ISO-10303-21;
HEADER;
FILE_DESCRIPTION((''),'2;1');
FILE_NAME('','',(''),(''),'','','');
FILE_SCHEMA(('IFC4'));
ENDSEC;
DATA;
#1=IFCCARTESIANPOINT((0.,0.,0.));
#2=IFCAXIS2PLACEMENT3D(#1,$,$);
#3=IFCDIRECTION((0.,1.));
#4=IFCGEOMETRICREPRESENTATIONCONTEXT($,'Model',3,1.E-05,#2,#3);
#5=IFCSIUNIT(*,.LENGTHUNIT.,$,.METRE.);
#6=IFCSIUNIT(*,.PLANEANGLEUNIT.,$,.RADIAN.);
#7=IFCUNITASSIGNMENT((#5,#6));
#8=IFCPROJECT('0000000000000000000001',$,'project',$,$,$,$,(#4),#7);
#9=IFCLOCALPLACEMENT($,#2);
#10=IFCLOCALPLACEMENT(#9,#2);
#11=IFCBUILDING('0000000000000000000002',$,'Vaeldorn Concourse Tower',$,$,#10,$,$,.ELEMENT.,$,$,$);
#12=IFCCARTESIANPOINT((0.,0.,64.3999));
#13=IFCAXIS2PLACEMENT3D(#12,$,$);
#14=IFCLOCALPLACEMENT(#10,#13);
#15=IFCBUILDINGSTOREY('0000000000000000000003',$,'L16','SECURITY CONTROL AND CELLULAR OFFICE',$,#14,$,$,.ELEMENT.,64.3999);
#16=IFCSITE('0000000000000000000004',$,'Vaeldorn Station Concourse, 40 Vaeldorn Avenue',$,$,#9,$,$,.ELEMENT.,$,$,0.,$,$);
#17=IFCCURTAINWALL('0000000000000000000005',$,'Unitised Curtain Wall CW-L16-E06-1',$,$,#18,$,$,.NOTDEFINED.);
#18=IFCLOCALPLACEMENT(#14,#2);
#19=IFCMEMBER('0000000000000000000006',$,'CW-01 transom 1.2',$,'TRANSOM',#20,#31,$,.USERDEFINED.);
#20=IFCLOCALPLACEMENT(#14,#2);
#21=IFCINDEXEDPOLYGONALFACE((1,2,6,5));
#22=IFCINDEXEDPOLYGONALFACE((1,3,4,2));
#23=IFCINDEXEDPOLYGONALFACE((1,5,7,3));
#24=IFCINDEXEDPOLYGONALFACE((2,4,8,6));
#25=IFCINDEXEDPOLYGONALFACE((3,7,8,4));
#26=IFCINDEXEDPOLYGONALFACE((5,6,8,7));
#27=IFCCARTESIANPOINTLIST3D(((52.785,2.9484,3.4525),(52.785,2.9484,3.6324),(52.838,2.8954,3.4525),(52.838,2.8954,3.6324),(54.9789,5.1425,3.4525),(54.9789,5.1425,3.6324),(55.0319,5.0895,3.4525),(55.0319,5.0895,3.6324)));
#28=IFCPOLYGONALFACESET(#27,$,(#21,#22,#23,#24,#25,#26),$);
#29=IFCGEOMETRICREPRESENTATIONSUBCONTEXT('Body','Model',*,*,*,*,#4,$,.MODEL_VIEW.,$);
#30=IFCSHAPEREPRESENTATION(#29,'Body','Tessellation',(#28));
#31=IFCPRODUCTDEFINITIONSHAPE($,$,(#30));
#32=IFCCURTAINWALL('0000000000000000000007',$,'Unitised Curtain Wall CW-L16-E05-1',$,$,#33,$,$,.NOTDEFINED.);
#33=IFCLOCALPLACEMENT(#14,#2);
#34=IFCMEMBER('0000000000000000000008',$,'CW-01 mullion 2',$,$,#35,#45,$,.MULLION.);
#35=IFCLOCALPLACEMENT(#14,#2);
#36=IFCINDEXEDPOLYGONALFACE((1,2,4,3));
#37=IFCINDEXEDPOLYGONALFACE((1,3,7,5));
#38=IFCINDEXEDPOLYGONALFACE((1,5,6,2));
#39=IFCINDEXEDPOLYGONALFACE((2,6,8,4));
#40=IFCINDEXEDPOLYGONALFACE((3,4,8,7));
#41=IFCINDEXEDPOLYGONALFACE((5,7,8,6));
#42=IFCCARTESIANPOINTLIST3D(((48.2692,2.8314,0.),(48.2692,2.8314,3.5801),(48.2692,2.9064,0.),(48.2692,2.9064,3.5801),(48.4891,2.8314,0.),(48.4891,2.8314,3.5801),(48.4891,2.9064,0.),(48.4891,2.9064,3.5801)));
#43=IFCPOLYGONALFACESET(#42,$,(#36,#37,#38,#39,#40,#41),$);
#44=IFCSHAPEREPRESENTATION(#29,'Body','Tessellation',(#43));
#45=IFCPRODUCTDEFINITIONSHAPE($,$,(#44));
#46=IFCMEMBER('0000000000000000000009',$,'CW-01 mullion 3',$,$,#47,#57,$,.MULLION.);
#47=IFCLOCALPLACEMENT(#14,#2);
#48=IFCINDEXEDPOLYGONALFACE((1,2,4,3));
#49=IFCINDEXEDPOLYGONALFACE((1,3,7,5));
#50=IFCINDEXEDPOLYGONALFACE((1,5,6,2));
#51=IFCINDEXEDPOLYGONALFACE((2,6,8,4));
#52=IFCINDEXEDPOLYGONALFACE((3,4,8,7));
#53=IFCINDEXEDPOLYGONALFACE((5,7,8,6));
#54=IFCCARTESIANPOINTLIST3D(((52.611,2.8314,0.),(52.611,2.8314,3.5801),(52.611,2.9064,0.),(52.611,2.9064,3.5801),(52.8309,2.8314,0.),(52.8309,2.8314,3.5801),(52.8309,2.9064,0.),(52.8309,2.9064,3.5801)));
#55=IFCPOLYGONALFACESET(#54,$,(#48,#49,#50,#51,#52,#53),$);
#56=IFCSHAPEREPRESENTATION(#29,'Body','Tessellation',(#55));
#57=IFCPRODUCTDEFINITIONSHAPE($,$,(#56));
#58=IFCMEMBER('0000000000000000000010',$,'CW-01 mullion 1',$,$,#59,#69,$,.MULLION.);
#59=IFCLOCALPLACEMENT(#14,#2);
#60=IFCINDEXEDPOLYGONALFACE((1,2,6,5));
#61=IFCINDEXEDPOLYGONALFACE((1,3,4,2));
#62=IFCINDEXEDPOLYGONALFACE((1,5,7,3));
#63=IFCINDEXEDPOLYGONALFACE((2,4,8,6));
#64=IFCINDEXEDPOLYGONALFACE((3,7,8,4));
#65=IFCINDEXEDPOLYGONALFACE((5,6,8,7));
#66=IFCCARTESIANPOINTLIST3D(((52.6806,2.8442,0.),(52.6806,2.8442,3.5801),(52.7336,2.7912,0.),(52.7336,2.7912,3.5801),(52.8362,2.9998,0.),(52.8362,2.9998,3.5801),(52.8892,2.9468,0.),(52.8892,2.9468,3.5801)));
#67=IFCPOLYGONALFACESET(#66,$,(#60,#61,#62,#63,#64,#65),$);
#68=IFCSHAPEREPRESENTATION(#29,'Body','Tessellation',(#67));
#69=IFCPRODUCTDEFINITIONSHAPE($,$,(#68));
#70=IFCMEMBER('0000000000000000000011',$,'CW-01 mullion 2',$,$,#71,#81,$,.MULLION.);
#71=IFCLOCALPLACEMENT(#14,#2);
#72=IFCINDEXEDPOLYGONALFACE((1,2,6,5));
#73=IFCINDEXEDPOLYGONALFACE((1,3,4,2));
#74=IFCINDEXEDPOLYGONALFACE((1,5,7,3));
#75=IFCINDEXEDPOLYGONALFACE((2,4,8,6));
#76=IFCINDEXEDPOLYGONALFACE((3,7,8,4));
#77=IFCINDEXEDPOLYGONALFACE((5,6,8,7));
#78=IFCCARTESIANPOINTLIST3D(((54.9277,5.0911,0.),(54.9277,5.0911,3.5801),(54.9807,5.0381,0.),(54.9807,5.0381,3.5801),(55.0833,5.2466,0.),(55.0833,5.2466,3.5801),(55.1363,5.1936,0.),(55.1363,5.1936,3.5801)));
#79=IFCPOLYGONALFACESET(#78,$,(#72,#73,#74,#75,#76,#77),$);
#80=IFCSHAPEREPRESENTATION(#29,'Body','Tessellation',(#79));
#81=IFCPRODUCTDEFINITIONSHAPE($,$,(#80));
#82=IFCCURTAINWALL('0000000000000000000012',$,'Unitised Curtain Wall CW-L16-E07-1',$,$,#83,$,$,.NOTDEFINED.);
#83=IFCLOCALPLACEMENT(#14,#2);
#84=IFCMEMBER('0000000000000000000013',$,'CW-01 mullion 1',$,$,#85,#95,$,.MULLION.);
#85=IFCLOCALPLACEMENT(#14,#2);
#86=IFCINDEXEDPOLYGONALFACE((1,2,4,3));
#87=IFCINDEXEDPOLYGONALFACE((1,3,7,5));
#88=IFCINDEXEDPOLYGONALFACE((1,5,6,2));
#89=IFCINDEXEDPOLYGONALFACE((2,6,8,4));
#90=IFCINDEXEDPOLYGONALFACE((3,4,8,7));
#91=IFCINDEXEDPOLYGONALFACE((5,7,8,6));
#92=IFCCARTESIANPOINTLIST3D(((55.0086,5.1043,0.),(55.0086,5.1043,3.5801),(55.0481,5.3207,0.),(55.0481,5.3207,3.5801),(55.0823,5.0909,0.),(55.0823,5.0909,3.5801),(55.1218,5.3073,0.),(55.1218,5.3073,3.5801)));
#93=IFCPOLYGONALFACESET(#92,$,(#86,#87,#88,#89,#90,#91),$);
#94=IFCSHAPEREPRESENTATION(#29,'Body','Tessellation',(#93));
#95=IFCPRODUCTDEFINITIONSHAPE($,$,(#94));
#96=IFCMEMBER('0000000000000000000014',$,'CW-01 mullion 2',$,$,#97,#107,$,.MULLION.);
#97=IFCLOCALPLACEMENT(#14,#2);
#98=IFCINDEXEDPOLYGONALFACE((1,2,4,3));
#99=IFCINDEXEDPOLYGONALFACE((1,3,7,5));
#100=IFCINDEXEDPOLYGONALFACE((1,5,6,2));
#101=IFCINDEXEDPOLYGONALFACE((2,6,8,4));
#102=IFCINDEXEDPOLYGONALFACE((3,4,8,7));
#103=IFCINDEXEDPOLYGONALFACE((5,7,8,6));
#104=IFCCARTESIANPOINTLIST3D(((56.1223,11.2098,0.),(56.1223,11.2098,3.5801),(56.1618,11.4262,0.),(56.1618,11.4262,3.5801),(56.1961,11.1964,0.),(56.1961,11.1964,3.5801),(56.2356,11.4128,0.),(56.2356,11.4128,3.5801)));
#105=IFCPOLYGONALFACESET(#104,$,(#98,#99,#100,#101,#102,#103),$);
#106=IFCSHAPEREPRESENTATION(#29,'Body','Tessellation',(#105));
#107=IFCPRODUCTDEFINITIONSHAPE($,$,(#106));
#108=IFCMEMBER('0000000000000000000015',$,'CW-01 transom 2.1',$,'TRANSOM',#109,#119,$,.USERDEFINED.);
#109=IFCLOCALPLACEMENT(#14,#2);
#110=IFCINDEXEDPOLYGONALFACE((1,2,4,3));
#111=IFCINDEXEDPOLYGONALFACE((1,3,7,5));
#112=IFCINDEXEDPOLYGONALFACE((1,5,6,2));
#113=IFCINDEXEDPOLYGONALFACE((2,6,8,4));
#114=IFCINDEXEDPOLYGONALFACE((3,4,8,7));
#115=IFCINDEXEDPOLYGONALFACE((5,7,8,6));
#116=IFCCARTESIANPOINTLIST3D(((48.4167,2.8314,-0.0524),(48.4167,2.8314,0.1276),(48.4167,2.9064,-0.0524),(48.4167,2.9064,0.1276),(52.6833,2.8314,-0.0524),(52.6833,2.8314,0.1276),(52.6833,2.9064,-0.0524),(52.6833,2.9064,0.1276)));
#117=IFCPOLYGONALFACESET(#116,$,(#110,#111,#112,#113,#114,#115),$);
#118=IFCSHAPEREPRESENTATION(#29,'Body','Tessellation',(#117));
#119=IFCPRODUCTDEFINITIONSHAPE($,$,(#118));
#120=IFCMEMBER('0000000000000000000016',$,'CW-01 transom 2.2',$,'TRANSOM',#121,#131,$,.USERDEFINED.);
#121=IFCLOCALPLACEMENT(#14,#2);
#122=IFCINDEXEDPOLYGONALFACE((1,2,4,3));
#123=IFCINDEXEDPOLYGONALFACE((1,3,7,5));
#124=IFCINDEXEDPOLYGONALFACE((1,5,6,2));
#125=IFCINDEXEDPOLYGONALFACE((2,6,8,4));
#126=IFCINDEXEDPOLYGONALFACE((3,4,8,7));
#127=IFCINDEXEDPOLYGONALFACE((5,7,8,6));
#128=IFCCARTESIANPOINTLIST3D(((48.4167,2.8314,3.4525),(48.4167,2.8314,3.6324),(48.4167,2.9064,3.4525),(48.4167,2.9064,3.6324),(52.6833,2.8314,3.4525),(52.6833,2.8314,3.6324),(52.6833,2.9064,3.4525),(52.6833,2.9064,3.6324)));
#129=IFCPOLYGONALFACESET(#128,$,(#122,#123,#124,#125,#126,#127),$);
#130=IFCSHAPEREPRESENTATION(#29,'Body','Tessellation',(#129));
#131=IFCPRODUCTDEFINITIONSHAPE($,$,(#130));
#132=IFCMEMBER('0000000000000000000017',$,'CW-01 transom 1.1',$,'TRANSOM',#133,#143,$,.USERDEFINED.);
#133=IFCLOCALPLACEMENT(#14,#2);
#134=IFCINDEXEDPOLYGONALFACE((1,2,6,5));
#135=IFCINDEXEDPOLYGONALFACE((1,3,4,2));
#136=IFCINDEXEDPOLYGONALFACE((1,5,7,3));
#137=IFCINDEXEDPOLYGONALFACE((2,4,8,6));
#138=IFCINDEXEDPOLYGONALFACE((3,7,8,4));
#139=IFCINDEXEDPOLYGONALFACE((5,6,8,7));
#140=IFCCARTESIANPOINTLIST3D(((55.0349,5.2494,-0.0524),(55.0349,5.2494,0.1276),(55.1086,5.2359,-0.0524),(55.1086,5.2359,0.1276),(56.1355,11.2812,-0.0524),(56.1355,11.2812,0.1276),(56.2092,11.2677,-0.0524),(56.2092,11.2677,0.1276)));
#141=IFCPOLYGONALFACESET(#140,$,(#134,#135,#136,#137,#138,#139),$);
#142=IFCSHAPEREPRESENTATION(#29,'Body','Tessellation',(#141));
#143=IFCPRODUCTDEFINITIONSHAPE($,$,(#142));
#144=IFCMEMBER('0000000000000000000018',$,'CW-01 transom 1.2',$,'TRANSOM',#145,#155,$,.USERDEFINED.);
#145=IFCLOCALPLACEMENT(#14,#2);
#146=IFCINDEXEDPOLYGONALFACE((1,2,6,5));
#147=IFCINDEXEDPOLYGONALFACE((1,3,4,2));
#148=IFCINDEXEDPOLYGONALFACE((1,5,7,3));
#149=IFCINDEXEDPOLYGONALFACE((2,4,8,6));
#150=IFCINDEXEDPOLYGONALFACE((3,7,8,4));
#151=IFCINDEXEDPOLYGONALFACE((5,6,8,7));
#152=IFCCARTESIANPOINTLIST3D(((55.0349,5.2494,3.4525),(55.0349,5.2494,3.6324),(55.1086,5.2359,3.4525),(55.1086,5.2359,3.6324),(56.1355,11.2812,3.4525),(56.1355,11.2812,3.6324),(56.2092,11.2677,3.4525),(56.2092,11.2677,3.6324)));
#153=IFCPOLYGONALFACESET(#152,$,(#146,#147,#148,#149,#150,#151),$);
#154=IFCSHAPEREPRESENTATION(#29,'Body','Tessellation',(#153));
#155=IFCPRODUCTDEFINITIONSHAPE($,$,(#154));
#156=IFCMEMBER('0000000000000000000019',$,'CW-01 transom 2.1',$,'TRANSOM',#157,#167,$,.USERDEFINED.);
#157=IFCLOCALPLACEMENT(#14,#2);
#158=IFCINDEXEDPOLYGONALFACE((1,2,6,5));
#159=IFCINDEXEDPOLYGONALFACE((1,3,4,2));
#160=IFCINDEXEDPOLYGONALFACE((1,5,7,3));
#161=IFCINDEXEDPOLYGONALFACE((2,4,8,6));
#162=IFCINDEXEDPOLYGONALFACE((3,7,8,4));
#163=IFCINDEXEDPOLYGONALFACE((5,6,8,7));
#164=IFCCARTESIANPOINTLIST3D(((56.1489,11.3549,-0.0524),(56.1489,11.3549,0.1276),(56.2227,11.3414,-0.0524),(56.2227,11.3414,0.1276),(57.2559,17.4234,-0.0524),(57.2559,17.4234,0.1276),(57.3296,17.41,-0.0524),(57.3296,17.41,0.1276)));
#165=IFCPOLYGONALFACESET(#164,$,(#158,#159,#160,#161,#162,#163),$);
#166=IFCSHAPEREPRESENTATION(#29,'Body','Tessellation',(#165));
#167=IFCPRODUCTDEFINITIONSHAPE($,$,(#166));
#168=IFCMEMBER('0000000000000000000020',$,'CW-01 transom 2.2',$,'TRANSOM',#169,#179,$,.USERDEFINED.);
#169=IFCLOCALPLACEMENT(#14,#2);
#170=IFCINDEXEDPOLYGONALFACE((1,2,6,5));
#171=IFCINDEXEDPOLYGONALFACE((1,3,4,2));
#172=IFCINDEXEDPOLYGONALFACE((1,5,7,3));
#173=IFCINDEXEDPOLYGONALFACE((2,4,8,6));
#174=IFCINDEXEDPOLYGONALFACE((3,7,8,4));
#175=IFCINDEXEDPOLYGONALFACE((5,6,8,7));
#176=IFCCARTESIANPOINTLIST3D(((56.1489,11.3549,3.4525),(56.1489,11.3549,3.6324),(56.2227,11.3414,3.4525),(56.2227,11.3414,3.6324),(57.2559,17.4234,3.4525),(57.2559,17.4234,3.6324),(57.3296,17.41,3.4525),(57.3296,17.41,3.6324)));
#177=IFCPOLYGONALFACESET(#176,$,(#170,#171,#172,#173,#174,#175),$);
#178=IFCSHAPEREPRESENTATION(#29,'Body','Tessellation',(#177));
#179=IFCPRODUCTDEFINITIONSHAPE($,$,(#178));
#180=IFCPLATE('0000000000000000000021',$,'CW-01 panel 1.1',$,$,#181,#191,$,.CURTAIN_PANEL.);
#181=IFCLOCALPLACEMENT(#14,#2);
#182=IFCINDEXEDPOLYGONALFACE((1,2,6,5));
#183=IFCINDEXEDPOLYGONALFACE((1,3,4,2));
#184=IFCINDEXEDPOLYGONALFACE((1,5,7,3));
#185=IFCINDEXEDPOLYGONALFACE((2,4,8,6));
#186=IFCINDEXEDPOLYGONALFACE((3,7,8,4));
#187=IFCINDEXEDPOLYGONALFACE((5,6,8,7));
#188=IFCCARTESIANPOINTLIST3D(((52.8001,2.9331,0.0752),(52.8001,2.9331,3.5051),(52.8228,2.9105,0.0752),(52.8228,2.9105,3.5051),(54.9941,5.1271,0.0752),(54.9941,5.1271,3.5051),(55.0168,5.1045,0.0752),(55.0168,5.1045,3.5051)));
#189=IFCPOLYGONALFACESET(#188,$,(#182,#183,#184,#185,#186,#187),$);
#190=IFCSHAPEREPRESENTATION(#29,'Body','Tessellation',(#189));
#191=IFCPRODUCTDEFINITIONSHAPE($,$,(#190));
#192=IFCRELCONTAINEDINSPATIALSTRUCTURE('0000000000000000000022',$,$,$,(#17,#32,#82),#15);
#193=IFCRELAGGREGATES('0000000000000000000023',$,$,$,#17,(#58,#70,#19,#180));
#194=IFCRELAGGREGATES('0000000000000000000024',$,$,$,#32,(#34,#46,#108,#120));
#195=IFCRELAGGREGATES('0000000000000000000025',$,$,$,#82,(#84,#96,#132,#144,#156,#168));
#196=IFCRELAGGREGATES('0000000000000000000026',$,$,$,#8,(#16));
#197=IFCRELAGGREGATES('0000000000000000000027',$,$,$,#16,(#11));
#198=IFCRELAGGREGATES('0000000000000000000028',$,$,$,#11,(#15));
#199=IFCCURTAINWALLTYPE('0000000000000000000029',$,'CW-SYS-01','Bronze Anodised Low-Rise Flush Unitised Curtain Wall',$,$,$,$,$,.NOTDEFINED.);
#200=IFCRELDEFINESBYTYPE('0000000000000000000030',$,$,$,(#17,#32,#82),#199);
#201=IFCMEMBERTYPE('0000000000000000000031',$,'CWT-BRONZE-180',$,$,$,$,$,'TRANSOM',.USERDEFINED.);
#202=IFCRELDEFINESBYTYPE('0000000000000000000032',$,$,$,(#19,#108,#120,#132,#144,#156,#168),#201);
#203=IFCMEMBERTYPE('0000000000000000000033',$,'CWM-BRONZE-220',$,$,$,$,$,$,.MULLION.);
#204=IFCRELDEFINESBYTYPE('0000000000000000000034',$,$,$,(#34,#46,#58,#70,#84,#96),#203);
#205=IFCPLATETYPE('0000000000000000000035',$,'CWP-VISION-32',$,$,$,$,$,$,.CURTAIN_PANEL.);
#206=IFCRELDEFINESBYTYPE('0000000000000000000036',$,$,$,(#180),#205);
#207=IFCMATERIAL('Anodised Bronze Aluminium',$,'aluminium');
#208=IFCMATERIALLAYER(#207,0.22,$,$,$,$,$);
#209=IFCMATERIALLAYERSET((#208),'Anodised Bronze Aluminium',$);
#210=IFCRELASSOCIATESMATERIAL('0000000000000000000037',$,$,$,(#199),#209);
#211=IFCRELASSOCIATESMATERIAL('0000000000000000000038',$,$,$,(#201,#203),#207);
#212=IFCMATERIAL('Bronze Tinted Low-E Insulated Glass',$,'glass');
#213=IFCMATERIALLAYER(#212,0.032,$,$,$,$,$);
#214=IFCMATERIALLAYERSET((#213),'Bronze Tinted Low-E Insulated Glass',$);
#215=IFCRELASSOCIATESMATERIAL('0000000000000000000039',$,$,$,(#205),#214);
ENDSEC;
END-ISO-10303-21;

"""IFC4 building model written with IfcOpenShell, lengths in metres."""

from ifc_helpers import new_model, si_unit, direction, frame, origin, origin_2d, place, context, subcontext, project, spatial, rectangle, extrude, source, transform, mapped, material, layer, layer_set, material_profile, profile_set, type_object, element, aggregate, save


model = new_model("IFC4")

# Units and contexts
model_context = context("Model", 3, precision=1e-05, world=origin(), true_north=direction((0.0, 1.0)))
body_context = subcontext(model_context, "Body", "Model", "MODEL_VIEW")
ifc_project = project(units=[si_unit("LENGTHUNIT", "METRE"), si_unit("PLANEANGLEUNIT", "RADIAN")], contexts=[model_context])

# Site, building, storey
site_placement = place(None, origin())
site = spatial("IfcSite", under=ifc_project, at=site_placement, Name="Vaeldorn Station Concourse, 40 Vaeldorn Avenue", CompositionType="ELEMENT", RefElevation=0.0)
building_placement = place(site_placement, origin())
building = spatial("IfcBuilding", under=site, at=building_placement, Name="Vaeldorn Concourse Tower", CompositionType="ELEMENT")
storey_placement = place(building_placement, frame((0.0, 0.0, 64.3999)))
storey = spatial("IfcBuildingStorey", under=building, at=storey_placement, Name="L16", Description="SECURITY CONTROL AND CELLULAR OFFICE", CompositionType="ELEMENT", Elevation=64.3999)

# Curtain walls, members
ifc_material_1 = material(Name="Anodised Bronze Aluminium", Category="aluminium")
ifc_layer_1 = layer(ifc_material_1, 0.22)
ifc_layer_set_1 = layer_set([ifc_layer_1], Name="Anodised Bronze Aluminium")
curtain_wall_type = type_object("IfcCurtainWallType", Name="CW-SYS-01", Description="Bronze Anodised Low-Rise Flush Unitised Curtain Wall", PredefinedType="NOTDEFINED", material=ifc_layer_set_1)
curtain_wall_1_placement = place(storey_placement, origin())
curtain_wall_1 = element("IfcCurtainWall", 1, at=curtain_wall_1_placement, inside=storey, type_object=curtain_wall_type, Name="Unitised Curtain Wall CW-L16-E06-1", PredefinedType="NOTDEFINED")
ifc_material_profile_1 = material_profile(ifc_material_1, rectangle(XDim=0.075, YDim=0.1799, at=origin_2d()), Name="CWT 75x180")
ifc_profile_set_1 = profile_set([ifc_material_profile_1], Name="Anodised Bronze Aluminium")
member_type_1 = type_object("IfcMemberType", Name="CWT-BRONZE-180", ElementType="TRANSOM", PredefinedType="USERDEFINED", material=ifc_profile_set_1)
shared_shape_1 = source(origin(), body_context, "Body", "SweptSolid", [
    extrude(rectangle(XDim=0.075, YDim=0.1799, at=origin_2d()), origin(), (0.0, 0.0, 1.0), 3.1028),
])
member_1_placement = place(storey_placement, frame((52.8115, 2.9219, 3.5425), z_axis=(0.707067, 0.707146, 0.0), x_axis=(-0.707146, 0.707067, 0.0)))
member_1 = element("IfcMember", 2, at=member_1_placement, type_object=member_type_1, Name="CW-01 transom 1.2", ObjectType="TRANSOM", PredefinedType="USERDEFINED", context=body_context, shape_type="MappedRepresentation", body=[
    mapped(shared_shape_1, transform((0.0, 0.0, 0.0), scale=1.0)),
])
curtain_wall_2_placement = place(storey_placement, origin())
curtain_wall_2 = element("IfcCurtainWall", 3, at=curtain_wall_2_placement, inside=storey, type_object=curtain_wall_type, Name="Unitised Curtain Wall CW-L16-E05-1", PredefinedType="NOTDEFINED")
ifc_material_profile_2 = material_profile(ifc_material_1, rectangle(XDim=0.075, YDim=0.22, at=origin_2d()), Name="CWM 75x220")
ifc_profile_set_2 = profile_set([ifc_material_profile_2], Name="Anodised Bronze Aluminium")
member_type_2 = type_object("IfcMemberType", Name="CWM-BRONZE-220", PredefinedType="MULLION", material=ifc_profile_set_2)
shared_shape_2 = source(origin(), body_context, "Body", "SweptSolid", [
    extrude(rectangle(XDim=0.075, YDim=0.22, at=origin_2d()), origin(), (0.0, 0.0, 1.0), 3.5801),
])
member_2_placement = place(storey_placement, frame((48.3792, 2.8689, 0.0), z_axis=(0.0, 0.0, 1.0), x_axis=(0.0, 1.0, 0.0)))
member_2 = element("IfcMember", 4, at=member_2_placement, type_object=member_type_2, Name="CW-01 mullion 2", PredefinedType="MULLION", context=body_context, shape_type="MappedRepresentation", body=[
    mapped(shared_shape_2, transform((0.0, 0.0, 0.0), scale=1.0)),
])
member_3_placement = place(storey_placement, frame((52.7209, 2.8689, 0.0), z_axis=(0.0, 0.0, 1.0), x_axis=(0.0, 1.0, 0.0)))
member_3 = element("IfcMember", 5, at=member_3_placement, type_object=member_type_2, Name="CW-01 mullion 3", PredefinedType="MULLION", context=body_context, shape_type="MappedRepresentation", body=[
    mapped(shared_shape_2, transform((0.0, 0.0, 0.0), scale=1.0)),
])

# Members
member_4_placement = place(storey_placement, frame((52.7849, 2.8955, 0.0), z_axis=(0.0, 0.0, 1.0), x_axis=(-0.707107, 0.707107, 0.0)))
member_4 = element("IfcMember", 6, at=member_4_placement, type_object=member_type_2, Name="CW-01 mullion 1", PredefinedType="MULLION", context=body_context, shape_type="MappedRepresentation", body=[
    mapped(shared_shape_2, transform((0.0, 0.0, 0.0), scale=1.0)),
])
member_5_placement = place(storey_placement, frame((55.032, 5.1423, 0.0), z_axis=(0.0, 0.0, 1.0), x_axis=(-0.707107, 0.707107, 0.0)))
member_5 = element("IfcMember", 7, at=member_5_placement, type_object=member_type_2, Name="CW-01 mullion 2", PredefinedType="MULLION", context=body_context, shape_type="MappedRepresentation", body=[
    mapped(shared_shape_2, transform((0.0, 0.0, 0.0), scale=1.0)),
])

# Curtain wall, members
curtain_wall_3_placement = place(storey_placement, origin())
curtain_wall_3 = element("IfcCurtainWall", 8, at=curtain_wall_3_placement, inside=storey, type_object=curtain_wall_type, Name="Unitised Curtain Wall CW-L16-E07-1", PredefinedType="NOTDEFINED")
member_6_placement = place(storey_placement, frame((55.0652, 5.2058, 0.0), z_axis=(0.0, 0.0, 1.0), x_axis=(-0.983763, 0.179474, 0.0)))
member_6 = element("IfcMember", 9, at=member_6_placement, type_object=member_type_2, Name="CW-01 mullion 1", PredefinedType="MULLION", context=body_context, shape_type="MappedRepresentation", body=[
    mapped(shared_shape_2, transform((0.0, 0.0, 0.0), scale=1.0)),
])
member_7_placement = place(storey_placement, frame((56.179, 11.3113, 0.0), z_axis=(0.0, 0.0, 1.0), x_axis=(-0.983763, 0.179474, 0.0)))
member_7 = element("IfcMember", 10, at=member_7_placement, type_object=member_type_2, Name="CW-01 mullion 2", PredefinedType="MULLION", context=body_context, shape_type="MappedRepresentation", body=[
    mapped(shared_shape_2, transform((0.0, 0.0, 0.0), scale=1.0)),
])

# Members
shared_shape_3 = source(origin(), body_context, "Body", "SweptSolid", [
    extrude(rectangle(XDim=0.075, YDim=0.1799, at=origin_2d()), origin(), (0.0, 0.0, 1.0), 4.2666),
])
member_8_placement = place(storey_placement, frame((48.4167, 2.8689, 0.0376), z_axis=(1.0, 0.0, 0.0), x_axis=(0.0, 1.0, 0.0)))
member_8 = element("IfcMember", 11, at=member_8_placement, type_object=member_type_1, Name="CW-01 transom 2.1", ObjectType="TRANSOM", PredefinedType="USERDEFINED", context=body_context, shape_type="MappedRepresentation", body=[
    mapped(shared_shape_3, transform((0.0, 0.0, 0.0), scale=1.0)),
])
member_9_placement = place(storey_placement, frame((48.4167, 2.8689, 3.5425), z_axis=(1.0, 0.0, 0.0), x_axis=(0.0, 1.0, 0.0)))
member_9 = element("IfcMember", 12, at=member_9_placement, type_object=member_type_1, Name="CW-01 transom 2.2", ObjectType="TRANSOM", PredefinedType="USERDEFINED", context=body_context, shape_type="MappedRepresentation", body=[
    mapped(shared_shape_3, transform((0.0, 0.0, 0.0), scale=1.0)),
])
shared_shape_4 = source(origin(), body_context, "Body", "SweptSolid", [
    extrude(rectangle(XDim=0.075, YDim=0.1799, at=origin_2d()), origin(), (0.0, 0.0, 1.0), 6.1313),
])
member_10_placement = place(storey_placement, frame((55.0718, 5.2427, 0.0376), z_axis=(0.179502, 0.983758, 0.0), x_axis=(-0.983758, 0.179502, 0.0)))
member_10 = element("IfcMember", 13, at=member_10_placement, type_object=member_type_1, Name="CW-01 transom 1.1", ObjectType="TRANSOM", PredefinedType="USERDEFINED", context=body_context, shape_type="MappedRepresentation", body=[
    mapped(shared_shape_4, transform((0.0, 0.0, 0.0), scale=1.0)),
])
member_11_placement = place(storey_placement, frame((55.0718, 5.2427, 3.5425), z_axis=(0.179502, 0.983758, 0.0), x_axis=(-0.983758, 0.179502, 0.0)))
member_11 = element("IfcMember", 14, at=member_11_placement, type_object=member_type_1, Name="CW-01 transom 1.2", ObjectType="TRANSOM", PredefinedType="USERDEFINED", context=body_context, shape_type="MappedRepresentation", body=[
    mapped(shared_shape_4, transform((0.0, 0.0, 0.0), scale=1.0)),
])
shared_shape_5 = source(origin(), body_context, "Body", "SweptSolid", [
    extrude(rectangle(XDim=0.075, YDim=0.1799, at=origin_2d()), origin(), (0.0, 0.0, 1.0), 6.1687),
])
member_12_placement = place(storey_placement, frame((56.1858, 11.3481, 0.0376), z_axis=(0.179443, 0.983768, 0.0), x_axis=(-0.983768, 0.179443, 0.0)))
member_12 = element("IfcMember", 15, at=member_12_placement, type_object=member_type_1, Name="CW-01 transom 2.1", ObjectType="TRANSOM", PredefinedType="USERDEFINED", context=body_context, shape_type="MappedRepresentation", body=[
    mapped(shared_shape_5, transform((0.0, 0.0, 0.0), scale=1.0)),
])
member_13_placement = place(storey_placement, frame((56.1858, 11.3481, 3.5425), z_axis=(0.179443, 0.983768, 0.0), x_axis=(-0.983768, 0.179443, 0.0)))
member_13 = element("IfcMember", 16, at=member_13_placement, type_object=member_type_1, Name="CW-01 transom 2.2", ObjectType="TRANSOM", PredefinedType="USERDEFINED", context=body_context, shape_type="MappedRepresentation", body=[
    mapped(shared_shape_5, transform((0.0, 0.0, 0.0), scale=1.0)),
])

# Plate
ifc_material_2 = material(Name="Bronze Tinted Low-E Insulated Glass", Category="glass")
ifc_layer_2 = layer(ifc_material_2, 0.032)
ifc_layer_set_2 = layer_set([ifc_layer_2], Name="Bronze Tinted Low-E Insulated Glass")
plate_type = type_object("IfcPlateType", Name="CWP-VISION-32", PredefinedType="CURTAIN_PANEL", material=ifc_layer_set_2)
shared_shape_6 = source(origin(), body_context, "Body", "SweptSolid", [
    extrude(rectangle(XDim=3.1028, YDim=0.032, at=origin_2d()), origin(), (0.0, 0.0, 1.0), 3.4299),
])
plate_1_placement = place(storey_placement, frame((53.9084, 4.0188, 0.0752), z_axis=(0.0, 0.0, 1.0), x_axis=(0.707107, 0.707107, 0.0)))
plate_1 = element("IfcPlate", 17, at=plate_1_placement, type_object=plate_type, Name="CW-01 panel 1.1", PredefinedType="CURTAIN_PANEL", context=body_context, shape_type="MappedRepresentation", body=[
    mapped(shared_shape_6, transform((0.0, 0.0, 0.0), scale=1.0)),
])
aggregate(curtain_wall_1, [member_4, member_5, member_1, plate_1])
aggregate(curtain_wall_2, [member_2, member_3, member_8, member_9])
aggregate(curtain_wall_3, [member_6, member_7, member_10, member_11, member_12, member_13])

save(model, "model.ifc")
